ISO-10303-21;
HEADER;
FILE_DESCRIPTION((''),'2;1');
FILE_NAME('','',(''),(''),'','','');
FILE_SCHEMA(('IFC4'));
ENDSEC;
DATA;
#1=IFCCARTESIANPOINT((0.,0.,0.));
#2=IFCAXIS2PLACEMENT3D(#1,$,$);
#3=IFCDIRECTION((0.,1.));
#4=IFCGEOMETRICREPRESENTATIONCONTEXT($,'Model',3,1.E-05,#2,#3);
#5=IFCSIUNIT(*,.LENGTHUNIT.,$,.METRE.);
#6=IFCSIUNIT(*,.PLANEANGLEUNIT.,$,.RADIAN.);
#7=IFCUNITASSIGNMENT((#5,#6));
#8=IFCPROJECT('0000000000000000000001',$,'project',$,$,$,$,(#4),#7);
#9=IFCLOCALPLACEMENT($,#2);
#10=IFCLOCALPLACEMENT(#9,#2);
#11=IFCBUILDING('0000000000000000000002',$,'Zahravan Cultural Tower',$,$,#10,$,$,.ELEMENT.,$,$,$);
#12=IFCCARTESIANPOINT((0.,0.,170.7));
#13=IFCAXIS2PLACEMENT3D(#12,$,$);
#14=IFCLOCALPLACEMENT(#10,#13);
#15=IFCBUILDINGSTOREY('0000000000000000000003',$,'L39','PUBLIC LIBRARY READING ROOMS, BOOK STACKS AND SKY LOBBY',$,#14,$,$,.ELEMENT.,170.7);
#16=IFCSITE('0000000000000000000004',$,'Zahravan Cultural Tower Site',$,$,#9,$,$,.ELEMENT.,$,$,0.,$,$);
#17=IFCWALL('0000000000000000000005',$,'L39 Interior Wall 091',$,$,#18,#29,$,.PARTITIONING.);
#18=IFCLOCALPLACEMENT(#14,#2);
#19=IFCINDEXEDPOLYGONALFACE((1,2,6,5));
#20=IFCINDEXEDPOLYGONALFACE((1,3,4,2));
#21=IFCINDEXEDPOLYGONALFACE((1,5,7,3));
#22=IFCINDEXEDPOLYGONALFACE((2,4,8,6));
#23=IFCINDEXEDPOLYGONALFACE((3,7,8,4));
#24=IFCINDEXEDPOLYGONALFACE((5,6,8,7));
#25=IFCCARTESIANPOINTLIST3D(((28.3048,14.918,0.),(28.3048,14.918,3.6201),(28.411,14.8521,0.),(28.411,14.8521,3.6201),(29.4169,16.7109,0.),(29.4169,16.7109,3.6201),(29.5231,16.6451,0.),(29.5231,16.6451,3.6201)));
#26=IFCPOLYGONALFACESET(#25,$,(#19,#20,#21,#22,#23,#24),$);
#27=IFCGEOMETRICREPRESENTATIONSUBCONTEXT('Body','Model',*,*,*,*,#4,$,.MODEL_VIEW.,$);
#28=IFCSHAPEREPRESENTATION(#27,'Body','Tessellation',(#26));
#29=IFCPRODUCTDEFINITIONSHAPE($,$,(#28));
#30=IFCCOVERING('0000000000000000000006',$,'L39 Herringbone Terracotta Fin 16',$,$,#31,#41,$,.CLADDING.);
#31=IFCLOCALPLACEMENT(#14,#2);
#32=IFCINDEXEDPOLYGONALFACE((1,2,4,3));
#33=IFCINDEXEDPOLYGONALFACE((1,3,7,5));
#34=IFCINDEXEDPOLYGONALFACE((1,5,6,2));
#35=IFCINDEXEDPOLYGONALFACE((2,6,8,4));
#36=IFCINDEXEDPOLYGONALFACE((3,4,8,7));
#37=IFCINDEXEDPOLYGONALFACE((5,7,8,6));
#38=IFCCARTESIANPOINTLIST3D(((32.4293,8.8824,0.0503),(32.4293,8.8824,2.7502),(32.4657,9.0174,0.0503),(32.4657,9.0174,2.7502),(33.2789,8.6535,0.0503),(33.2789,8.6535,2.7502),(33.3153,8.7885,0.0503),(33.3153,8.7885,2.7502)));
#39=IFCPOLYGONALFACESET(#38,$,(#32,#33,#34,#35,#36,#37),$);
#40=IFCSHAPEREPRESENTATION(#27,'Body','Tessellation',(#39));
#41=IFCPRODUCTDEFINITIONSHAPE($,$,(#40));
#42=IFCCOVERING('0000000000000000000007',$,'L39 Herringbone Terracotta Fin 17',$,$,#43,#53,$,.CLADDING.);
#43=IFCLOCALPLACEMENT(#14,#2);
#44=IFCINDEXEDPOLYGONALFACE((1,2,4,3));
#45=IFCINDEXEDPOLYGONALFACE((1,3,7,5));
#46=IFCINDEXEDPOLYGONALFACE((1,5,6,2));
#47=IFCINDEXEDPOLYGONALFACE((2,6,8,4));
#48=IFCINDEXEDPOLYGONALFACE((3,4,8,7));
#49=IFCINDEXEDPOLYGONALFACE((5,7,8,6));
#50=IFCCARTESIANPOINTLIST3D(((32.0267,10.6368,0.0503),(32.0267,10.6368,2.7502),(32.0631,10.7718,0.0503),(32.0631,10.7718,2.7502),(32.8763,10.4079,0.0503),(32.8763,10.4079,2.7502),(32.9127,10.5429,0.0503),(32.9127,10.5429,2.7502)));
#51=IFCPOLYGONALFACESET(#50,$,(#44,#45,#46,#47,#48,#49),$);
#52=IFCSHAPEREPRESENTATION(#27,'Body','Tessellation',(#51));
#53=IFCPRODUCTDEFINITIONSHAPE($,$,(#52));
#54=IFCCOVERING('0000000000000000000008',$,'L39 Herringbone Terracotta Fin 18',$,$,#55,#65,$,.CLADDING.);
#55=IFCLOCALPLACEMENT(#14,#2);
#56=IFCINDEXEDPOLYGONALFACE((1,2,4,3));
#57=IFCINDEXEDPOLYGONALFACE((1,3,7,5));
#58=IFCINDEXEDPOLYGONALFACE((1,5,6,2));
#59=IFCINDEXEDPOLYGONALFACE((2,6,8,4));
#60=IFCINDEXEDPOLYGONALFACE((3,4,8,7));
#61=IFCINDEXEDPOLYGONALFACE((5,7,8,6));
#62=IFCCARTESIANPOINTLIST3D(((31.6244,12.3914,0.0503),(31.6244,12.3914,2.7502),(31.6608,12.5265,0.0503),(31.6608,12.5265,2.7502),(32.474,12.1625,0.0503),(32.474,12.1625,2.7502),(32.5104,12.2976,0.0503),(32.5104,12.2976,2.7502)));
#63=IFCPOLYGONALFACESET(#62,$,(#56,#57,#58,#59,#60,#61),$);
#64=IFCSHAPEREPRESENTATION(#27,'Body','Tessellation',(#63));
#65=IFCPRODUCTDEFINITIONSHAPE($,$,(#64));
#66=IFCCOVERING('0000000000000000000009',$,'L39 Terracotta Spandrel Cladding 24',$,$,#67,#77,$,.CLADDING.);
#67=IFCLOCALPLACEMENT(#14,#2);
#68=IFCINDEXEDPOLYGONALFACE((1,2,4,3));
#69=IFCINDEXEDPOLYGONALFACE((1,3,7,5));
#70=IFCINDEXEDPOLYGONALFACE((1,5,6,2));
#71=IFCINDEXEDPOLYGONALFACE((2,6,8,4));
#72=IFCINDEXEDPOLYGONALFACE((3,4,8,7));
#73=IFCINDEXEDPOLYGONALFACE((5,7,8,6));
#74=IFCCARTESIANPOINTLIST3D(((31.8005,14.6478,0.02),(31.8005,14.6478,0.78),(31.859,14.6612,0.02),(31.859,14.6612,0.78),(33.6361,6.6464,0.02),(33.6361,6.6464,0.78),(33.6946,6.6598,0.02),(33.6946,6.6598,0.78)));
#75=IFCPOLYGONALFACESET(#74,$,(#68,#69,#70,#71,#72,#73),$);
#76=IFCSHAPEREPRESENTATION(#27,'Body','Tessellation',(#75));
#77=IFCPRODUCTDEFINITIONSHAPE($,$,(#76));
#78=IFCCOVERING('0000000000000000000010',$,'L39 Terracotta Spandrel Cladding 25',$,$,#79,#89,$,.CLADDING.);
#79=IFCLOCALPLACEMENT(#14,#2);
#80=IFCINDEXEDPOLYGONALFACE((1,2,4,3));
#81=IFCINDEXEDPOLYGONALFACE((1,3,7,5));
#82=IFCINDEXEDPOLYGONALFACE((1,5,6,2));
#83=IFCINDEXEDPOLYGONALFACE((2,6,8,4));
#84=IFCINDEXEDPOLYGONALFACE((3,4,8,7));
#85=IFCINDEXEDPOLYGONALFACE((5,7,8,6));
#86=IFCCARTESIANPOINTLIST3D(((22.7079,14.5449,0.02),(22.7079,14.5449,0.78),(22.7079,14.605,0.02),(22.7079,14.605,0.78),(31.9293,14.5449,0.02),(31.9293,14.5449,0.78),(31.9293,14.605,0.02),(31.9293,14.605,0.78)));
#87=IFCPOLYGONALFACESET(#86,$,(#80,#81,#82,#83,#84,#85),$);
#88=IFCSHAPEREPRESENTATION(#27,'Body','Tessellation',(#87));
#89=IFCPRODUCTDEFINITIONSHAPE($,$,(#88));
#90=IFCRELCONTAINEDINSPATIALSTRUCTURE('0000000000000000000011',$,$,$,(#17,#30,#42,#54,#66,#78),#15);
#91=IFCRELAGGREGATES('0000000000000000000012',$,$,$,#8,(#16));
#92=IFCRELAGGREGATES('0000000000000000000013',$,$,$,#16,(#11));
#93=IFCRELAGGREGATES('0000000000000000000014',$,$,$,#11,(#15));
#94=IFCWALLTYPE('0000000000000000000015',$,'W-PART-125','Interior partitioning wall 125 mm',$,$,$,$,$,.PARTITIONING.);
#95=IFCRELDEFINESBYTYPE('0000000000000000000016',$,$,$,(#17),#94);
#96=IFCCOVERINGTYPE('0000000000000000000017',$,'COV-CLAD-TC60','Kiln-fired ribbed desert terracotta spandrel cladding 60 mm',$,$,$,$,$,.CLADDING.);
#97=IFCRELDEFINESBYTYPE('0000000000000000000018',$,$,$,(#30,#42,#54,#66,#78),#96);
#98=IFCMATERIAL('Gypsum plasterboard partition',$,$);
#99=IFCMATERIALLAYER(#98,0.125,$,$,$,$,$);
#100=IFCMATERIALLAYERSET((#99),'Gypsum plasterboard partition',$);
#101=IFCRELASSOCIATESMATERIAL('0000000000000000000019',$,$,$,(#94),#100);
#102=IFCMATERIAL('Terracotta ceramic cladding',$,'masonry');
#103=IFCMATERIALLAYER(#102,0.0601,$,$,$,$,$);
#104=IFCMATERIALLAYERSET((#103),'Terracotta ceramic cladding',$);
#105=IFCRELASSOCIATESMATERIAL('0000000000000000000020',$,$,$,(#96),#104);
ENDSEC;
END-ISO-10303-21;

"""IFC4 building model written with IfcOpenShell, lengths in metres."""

from ifc_helpers import new_model, si_unit, direction, frame, frame_2d, origin, origin_2d, place, context, subcontext, project, spatial, rectangle, extrude, source, transform, mapped, material, layer, layer_set, type_object, element, save


model = new_model("IFC4")

# Units and contexts
model_context = context("Model", 3, precision=1e-05, world=origin(), true_north=direction((0.0, 1.0)))
body_context = subcontext(model_context, "Body", "Model", "MODEL_VIEW")
ifc_project = project(units=[si_unit("LENGTHUNIT", "METRE"), si_unit("PLANEANGLEUNIT", "RADIAN")], contexts=[model_context])

# Site, building, storey
site_placement = place(None, origin())
site = spatial("IfcSite", under=ifc_project, at=site_placement, Name="Zahravan Cultural Tower Site", CompositionType="ELEMENT", RefElevation=0.0)
building_placement = place(site_placement, origin())
building = spatial("IfcBuilding", under=site, at=building_placement, Name="Zahravan Cultural Tower", CompositionType="ELEMENT")
storey_placement = place(building_placement, frame((0.0, 0.0, 170.7)))
storey = spatial("IfcBuildingStorey", under=building, at=storey_placement, Name="L39", Description="PUBLIC LIBRARY READING ROOMS, BOOK STACKS AND SKY LOBBY", CompositionType="ELEMENT", Elevation=170.7)

# Shared definitions
ifc_material_1 = material(Name="Gypsum plasterboard partition")
ifc_layer_1 = layer(ifc_material_1, 0.125)
ifc_layer_set_1 = layer_set([ifc_layer_1], Name="Gypsum plasterboard partition")
wall_type_1 = type_object("IfcWallType", Name="W-PART-125", Description="Interior partitioning wall 125 mm", PredefinedType="PARTITIONING", material=ifc_layer_set_1)

# Wall
shared_shape_1 = source(origin(), body_context, "Body", "SweptSolid", [
    extrude(rectangle(XDim=2.1099, YDim=0.125, at=frame_2d((1.0549, 0.0))), origin(), (0.0, 0.0, 1.0), 3.6201),
])
wall_1_placement = place(storey_placement, frame((28.3579, 14.885, 0.0), z_axis=(0.0, 0.0, 1.0), x_axis=(0.527083, 0.849814, 0.0)))
element("IfcWall", 1, at=wall_1_placement, inside=storey, type_object=wall_type_1, Name="L39 Interior Wall 091", PredefinedType="PARTITIONING", context=body_context, shape_type="MappedRepresentation", body=[
    mapped(shared_shape_1, transform((0.0, 0.0, 0.0), x_axis=(1.0, 0.0, 0.0), y_axis=(0.0, 1.0, 0.0), z_axis=(0.0, 0.0, 1.0), scale=1.0)),
])

# Coverings
ifc_material_2 = material(Name="Terracotta ceramic cladding", Category="masonry")
ifc_layer_2 = layer(ifc_material_2, 0.0601)
ifc_layer_set_2 = layer_set([ifc_layer_2], Name="Terracotta ceramic cladding")
covering_type = type_object("IfcCoveringType", Name="COV-CLAD-TC60", Description="Kiln-fired ribbed desert terracotta spandrel cladding 60 mm", PredefinedType="CLADDING", material=ifc_layer_set_2)
shared_shape_2 = source(origin(), body_context, "Body", "SweptSolid", [
    extrude(rectangle(XDim=0.8799, YDim=0.1399, at=origin_2d()), origin(), (0.0, 0.0, 1.0), 2.7),
])
for number, where, z_axis, x_axis, name in (
    (2, (32.8723, 8.8354, 0.0503), (0.0, 0.0, 1.0), (-0.965568, 0.260151, 0.0), "L39 Herringbone Terracotta Fin 16"),
    (3, (32.4697, 10.5898, 0.0503), (0.0, 0.0, 1.0), (-0.965568, 0.260151, 0.0), "L39 Herringbone Terracotta Fin 17"),
    (4, (32.0674, 12.3445, 0.0503), (0.0, 0.0, 1.0), (-0.965568, 0.260151, 0.0), "L39 Herringbone Terracotta Fin 18"),
):
    element("IfcCovering", number, at=place(storey_placement, frame(where, z_axis=z_axis, x_axis=x_axis)), inside=storey, type_object=covering_type, Name=name, PredefinedType="CLADDING", context=body_context, shape_type="MappedRepresentation", body=[
        mapped(shared_shape_2, transform((0.0, 0.0, 0.0), x_axis=(1.0, 0.0, 0.0), y_axis=(0.0, 1.0, 0.0), z_axis=(0.0, 0.0, 1.0), scale=1.0)),
    ])
shared_shape_3 = source(origin(), body_context, "Body", "SweptSolid", [
    extrude(rectangle(XDim=8.2092, YDim=0.0601, at=origin_2d()), origin(), (0.0, 0.0, 1.0), 0.76),
])
covering_1_placement = place(storey_placement, frame((32.7476, 10.6538, 0.02), z_axis=(0.0, 0.0, 1.0), x_axis=(-0.223607, 0.974679, 0.0)))
element("IfcCovering", 5, at=covering_1_placement, inside=storey, type_object=covering_type, Name="L39 Terracotta Spandrel Cladding 24", PredefinedType="CLADDING", context=body_context, shape_type="MappedRepresentation", body=[
    mapped(shared_shape_3, transform((0.0, 0.0, 0.0), x_axis=(1.0, 0.0, 0.0), y_axis=(0.0, 1.0, 0.0), z_axis=(0.0, 0.0, 1.0), scale=1.0)),
])
shared_shape_4 = source(origin(), body_context, "Body", "SweptSolid", [
    extrude(rectangle(XDim=9.2214, YDim=0.0601, at=origin_2d()), origin(), (0.0, 0.0, 1.0), 0.76),
])
covering_2_placement = place(storey_placement, frame((27.3186, 14.575, 0.02), z_axis=(0.0, 0.0, 1.0), x_axis=(-1.0, 0.0, 0.0)))
element("IfcCovering", 6, at=covering_2_placement, inside=storey, type_object=covering_type, Name="L39 Terracotta Spandrel Cladding 25", PredefinedType="CLADDING", context=body_context, shape_type="MappedRepresentation", body=[
    mapped(shared_shape_4, transform((0.0, 0.0, 0.0), x_axis=(1.0, 0.0, 0.0), y_axis=(0.0, 1.0, 0.0), z_axis=(0.0, 0.0, 1.0), scale=1.0)),
])

save(model, "model.ifc")
